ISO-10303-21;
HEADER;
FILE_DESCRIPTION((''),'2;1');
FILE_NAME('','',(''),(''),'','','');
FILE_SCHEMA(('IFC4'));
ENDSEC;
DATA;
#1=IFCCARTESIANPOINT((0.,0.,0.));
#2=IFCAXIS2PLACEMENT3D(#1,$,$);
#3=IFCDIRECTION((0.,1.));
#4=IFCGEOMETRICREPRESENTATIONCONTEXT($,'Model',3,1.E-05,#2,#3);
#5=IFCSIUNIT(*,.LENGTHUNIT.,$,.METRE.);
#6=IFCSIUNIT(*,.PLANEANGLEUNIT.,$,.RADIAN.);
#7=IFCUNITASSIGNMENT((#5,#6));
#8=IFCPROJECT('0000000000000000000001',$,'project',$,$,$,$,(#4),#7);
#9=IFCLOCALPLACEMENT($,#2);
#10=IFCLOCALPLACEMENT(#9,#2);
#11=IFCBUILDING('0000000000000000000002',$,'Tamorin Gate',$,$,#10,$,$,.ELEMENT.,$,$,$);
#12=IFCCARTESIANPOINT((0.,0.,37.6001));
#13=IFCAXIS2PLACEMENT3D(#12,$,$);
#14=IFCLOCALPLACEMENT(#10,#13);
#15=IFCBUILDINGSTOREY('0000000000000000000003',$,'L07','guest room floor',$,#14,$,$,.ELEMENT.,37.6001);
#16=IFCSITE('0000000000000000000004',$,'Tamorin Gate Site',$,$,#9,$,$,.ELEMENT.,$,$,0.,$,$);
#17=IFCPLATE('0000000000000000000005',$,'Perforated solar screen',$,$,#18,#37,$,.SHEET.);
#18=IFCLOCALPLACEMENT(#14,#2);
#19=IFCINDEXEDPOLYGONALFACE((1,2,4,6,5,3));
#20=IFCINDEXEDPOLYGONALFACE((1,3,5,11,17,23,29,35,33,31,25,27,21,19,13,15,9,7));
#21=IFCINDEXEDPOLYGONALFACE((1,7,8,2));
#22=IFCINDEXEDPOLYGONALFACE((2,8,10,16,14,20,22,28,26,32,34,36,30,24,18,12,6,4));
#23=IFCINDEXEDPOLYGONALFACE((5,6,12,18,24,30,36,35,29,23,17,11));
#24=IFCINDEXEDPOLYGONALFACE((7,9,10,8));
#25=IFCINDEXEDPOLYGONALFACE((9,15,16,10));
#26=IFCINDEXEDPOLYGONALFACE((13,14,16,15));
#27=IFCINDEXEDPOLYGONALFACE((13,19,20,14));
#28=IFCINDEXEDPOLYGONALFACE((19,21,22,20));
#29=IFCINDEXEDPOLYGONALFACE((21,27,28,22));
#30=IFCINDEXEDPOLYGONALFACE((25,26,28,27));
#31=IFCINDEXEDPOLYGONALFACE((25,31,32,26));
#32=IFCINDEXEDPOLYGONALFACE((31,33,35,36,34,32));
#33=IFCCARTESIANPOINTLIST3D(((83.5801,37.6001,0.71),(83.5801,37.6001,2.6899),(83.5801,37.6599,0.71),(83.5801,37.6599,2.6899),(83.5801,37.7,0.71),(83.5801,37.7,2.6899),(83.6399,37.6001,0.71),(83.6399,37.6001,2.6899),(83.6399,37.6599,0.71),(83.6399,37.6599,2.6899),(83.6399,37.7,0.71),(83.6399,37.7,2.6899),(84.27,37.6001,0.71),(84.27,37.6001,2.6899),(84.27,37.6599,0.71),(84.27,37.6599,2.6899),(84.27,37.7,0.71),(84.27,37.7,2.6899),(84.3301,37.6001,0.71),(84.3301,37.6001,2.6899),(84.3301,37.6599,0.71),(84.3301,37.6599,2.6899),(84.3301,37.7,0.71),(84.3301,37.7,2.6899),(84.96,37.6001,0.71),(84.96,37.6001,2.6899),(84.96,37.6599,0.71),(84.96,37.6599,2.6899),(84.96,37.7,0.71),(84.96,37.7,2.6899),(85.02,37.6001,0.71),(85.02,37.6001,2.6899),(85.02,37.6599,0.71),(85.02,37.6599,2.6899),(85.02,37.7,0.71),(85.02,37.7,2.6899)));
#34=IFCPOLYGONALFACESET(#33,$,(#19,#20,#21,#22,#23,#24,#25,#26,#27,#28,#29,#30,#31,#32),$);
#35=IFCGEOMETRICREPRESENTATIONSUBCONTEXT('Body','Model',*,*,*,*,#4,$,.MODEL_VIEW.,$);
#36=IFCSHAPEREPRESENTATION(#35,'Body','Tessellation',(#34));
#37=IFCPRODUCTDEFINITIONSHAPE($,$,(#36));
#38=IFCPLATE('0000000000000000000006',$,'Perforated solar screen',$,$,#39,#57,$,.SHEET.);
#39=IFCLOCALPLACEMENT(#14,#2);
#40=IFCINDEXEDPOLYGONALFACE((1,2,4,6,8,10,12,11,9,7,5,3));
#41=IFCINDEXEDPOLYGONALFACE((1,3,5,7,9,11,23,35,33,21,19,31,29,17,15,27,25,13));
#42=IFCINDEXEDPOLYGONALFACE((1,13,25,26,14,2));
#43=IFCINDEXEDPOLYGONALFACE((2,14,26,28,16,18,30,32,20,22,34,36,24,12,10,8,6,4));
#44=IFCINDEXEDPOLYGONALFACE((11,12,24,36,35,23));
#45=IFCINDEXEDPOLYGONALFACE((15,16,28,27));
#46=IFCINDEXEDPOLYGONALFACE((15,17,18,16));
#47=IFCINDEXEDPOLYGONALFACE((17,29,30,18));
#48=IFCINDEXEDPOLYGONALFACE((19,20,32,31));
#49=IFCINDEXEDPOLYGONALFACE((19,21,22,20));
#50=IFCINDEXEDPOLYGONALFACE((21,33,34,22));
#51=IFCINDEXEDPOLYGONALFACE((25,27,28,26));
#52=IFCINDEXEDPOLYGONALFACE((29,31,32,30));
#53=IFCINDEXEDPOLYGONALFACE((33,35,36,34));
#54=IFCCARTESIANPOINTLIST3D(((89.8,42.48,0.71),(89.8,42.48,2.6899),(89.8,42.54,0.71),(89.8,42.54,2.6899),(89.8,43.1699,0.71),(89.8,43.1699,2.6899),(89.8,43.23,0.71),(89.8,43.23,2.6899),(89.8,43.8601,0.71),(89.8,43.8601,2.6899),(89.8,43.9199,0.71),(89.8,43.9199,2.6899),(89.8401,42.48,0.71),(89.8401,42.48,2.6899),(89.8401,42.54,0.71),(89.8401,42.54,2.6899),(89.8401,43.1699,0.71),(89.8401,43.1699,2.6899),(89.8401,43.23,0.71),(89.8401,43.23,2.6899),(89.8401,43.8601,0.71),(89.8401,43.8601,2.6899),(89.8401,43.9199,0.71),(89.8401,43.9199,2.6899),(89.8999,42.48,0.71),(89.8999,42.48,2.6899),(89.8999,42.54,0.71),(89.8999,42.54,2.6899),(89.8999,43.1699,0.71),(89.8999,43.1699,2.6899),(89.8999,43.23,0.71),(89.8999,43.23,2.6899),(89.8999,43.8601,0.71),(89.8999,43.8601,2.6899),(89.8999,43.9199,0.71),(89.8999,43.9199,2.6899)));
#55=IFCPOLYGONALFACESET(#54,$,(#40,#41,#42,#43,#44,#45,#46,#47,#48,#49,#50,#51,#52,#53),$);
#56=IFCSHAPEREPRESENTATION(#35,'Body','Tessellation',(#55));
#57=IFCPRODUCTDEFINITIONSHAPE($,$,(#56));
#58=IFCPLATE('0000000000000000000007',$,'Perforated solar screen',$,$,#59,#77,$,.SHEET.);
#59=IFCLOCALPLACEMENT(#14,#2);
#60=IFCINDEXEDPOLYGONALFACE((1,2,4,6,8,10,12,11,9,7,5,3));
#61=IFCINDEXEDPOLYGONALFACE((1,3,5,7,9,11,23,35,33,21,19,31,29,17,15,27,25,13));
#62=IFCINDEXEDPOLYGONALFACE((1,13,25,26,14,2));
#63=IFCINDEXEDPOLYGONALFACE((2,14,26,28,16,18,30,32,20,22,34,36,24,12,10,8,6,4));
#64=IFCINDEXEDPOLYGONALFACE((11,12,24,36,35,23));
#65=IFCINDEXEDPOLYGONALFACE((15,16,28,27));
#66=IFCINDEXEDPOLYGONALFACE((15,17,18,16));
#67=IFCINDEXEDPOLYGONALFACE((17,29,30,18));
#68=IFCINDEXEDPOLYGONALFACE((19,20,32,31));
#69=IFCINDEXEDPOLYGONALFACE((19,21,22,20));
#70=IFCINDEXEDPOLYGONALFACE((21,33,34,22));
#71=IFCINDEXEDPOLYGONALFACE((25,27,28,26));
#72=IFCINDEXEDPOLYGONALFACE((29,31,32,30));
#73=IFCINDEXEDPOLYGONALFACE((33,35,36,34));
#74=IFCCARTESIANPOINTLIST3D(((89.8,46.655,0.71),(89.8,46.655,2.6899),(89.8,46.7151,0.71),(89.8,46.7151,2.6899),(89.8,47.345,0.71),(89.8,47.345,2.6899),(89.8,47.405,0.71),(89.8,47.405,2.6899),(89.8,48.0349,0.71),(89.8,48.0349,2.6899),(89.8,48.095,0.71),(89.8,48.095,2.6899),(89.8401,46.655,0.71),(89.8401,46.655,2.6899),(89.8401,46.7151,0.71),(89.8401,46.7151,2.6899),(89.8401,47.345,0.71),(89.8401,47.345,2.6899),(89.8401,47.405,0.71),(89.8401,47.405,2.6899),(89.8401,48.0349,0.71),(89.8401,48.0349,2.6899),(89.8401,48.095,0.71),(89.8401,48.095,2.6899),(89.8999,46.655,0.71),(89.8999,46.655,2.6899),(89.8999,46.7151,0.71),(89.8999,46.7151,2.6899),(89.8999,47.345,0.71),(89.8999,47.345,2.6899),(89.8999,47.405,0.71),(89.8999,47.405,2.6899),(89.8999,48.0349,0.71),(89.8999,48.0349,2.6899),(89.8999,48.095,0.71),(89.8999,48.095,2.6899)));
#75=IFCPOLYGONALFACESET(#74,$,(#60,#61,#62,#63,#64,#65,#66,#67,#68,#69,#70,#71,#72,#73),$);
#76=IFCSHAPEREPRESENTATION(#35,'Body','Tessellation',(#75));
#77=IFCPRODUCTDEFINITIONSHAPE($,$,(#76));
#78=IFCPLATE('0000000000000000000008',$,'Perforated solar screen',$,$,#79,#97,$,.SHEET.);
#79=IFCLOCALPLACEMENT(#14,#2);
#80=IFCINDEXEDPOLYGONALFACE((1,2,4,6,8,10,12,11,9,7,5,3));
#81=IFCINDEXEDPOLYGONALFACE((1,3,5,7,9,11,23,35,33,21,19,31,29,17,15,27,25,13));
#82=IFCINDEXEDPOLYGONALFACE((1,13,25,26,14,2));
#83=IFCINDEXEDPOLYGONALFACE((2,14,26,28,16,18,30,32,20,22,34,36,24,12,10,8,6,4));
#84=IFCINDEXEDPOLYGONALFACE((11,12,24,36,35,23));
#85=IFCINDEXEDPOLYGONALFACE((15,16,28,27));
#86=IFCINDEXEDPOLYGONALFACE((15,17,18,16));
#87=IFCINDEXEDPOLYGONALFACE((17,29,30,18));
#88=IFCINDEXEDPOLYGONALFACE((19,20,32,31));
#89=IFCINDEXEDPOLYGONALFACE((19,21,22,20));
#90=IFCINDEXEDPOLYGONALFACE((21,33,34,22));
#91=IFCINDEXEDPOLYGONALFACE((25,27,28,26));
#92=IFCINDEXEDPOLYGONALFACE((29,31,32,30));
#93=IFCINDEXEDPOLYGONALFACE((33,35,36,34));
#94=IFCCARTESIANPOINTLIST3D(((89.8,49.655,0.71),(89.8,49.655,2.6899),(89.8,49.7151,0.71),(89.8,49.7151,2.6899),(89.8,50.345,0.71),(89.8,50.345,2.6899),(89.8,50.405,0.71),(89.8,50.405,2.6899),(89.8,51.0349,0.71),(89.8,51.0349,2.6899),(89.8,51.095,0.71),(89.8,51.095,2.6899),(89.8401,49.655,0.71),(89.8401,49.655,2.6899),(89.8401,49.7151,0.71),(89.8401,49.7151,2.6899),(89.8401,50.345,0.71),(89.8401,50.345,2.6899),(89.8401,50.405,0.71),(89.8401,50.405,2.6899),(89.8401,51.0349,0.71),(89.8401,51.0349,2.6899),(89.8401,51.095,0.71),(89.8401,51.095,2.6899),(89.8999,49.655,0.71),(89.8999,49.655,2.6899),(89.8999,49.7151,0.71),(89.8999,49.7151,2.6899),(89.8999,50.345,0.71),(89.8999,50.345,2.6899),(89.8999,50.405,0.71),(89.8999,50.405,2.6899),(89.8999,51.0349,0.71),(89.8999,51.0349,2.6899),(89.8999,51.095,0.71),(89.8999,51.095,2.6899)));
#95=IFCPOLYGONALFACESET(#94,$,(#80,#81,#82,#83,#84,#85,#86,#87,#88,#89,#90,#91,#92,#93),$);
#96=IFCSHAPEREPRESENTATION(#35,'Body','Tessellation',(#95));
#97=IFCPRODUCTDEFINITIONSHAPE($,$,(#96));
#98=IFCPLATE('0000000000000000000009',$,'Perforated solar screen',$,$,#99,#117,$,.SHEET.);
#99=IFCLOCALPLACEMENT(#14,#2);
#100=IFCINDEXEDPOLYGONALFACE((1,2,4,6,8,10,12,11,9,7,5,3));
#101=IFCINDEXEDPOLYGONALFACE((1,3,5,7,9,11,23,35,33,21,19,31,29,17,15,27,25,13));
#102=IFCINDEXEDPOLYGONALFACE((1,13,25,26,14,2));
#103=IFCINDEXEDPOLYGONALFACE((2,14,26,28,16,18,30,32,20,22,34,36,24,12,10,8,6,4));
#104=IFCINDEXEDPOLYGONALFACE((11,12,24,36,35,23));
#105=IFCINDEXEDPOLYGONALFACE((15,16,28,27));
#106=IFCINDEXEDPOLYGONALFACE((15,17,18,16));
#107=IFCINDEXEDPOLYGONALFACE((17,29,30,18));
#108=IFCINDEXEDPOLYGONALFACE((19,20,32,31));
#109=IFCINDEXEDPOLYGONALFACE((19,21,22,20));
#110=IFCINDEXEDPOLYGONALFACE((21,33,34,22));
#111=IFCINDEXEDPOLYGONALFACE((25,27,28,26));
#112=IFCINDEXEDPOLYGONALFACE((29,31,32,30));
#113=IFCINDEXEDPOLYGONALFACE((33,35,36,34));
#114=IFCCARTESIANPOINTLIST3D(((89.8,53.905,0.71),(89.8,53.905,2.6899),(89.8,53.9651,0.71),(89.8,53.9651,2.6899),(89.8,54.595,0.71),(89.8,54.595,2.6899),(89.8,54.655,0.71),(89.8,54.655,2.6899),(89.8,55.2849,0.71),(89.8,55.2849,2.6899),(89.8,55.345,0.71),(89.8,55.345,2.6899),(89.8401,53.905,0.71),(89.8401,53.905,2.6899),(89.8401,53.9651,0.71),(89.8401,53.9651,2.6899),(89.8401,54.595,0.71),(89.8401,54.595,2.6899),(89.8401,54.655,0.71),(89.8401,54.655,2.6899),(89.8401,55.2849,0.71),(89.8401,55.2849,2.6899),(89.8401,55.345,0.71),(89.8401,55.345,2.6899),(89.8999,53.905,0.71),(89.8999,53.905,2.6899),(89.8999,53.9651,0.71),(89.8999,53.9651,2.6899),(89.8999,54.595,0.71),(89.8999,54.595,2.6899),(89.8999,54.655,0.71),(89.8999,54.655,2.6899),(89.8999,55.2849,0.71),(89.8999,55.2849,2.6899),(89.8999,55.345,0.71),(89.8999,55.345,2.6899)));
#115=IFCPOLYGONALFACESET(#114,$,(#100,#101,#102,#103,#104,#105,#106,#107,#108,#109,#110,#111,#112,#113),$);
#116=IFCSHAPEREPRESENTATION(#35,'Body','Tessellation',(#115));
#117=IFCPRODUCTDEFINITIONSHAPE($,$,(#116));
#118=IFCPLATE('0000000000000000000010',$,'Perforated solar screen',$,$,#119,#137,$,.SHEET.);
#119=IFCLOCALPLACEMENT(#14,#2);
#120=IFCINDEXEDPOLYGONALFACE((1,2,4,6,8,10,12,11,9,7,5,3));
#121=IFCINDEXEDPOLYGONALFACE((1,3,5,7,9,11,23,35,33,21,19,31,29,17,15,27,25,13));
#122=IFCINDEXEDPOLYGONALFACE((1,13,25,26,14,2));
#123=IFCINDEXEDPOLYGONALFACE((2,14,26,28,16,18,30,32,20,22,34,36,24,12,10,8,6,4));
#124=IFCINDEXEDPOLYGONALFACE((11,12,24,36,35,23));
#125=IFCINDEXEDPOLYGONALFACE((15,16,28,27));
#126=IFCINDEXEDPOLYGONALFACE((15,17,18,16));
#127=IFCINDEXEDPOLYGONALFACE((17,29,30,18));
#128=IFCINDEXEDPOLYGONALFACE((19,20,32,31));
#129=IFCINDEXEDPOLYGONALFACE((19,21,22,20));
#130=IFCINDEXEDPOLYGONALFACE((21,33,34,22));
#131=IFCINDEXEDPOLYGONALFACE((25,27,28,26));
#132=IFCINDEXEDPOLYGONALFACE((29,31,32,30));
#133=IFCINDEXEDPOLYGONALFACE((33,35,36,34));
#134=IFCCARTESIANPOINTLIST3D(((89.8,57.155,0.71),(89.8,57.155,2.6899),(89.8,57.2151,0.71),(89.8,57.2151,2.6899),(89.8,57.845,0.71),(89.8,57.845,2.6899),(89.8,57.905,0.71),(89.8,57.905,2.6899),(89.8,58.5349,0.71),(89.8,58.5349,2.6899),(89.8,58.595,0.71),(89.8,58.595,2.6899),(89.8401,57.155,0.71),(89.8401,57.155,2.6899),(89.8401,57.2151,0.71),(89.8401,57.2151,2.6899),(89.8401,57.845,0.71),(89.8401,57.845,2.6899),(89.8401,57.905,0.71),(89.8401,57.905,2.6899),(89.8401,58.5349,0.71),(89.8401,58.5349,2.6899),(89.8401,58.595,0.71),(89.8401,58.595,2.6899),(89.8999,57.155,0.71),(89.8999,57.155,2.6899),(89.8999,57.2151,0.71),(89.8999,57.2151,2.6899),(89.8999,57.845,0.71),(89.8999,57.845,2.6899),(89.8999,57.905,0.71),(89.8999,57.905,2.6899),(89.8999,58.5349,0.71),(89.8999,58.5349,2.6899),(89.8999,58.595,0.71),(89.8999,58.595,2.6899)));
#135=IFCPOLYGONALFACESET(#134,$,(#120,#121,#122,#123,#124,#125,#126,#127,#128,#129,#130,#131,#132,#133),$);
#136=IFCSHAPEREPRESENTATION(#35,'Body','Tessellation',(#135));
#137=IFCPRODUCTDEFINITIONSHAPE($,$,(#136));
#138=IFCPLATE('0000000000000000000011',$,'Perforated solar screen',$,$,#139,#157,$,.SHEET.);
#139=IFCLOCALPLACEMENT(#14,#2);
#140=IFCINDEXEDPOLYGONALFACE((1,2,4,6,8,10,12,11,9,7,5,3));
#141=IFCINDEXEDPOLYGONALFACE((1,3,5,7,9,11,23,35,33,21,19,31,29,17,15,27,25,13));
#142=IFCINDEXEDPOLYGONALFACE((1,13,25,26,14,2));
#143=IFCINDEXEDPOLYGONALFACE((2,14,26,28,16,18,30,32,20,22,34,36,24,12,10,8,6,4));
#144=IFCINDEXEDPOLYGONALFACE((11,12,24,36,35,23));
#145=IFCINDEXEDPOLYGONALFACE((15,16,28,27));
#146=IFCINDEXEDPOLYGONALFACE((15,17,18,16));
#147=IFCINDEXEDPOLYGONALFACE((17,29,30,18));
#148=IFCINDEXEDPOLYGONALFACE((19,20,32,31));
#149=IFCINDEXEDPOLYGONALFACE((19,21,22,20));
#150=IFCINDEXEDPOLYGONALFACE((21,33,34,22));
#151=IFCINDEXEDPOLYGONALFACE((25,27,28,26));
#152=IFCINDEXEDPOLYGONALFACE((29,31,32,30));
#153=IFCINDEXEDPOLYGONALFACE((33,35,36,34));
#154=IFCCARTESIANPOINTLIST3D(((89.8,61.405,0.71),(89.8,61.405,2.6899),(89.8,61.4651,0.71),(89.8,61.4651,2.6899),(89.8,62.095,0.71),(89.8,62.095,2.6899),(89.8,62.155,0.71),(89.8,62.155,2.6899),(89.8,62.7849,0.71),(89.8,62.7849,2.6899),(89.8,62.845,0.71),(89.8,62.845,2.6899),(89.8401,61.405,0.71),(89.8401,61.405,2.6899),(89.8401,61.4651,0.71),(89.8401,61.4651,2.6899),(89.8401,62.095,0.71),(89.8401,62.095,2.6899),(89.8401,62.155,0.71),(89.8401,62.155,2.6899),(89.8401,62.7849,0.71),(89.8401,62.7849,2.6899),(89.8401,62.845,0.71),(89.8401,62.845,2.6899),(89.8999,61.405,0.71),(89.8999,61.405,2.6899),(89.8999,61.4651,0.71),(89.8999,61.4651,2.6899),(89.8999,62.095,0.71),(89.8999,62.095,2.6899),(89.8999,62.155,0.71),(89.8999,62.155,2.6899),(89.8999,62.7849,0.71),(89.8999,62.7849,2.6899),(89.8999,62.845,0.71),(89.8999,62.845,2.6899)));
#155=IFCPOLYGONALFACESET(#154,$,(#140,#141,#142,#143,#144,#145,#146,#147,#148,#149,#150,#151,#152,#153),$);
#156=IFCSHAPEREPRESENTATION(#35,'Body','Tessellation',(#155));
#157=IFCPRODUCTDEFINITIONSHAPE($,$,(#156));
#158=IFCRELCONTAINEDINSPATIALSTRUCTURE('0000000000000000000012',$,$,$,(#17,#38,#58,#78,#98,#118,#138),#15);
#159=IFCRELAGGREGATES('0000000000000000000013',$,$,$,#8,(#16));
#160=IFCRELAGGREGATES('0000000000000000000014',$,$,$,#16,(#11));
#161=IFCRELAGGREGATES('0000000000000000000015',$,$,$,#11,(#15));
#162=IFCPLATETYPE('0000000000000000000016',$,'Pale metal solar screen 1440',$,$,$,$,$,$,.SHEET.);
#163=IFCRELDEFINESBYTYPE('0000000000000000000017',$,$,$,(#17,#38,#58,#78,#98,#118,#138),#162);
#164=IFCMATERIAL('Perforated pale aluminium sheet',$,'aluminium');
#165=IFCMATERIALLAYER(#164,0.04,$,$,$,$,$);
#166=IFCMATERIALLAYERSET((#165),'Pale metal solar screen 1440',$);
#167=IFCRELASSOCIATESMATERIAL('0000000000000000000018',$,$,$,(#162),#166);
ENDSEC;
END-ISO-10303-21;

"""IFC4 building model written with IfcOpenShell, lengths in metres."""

from ifc_helpers import new_model, si_unit, direction, frame, origin, place, context, subcontext, project, spatial, polyline, outline, extrude, material, layer, layer_set, type_object, element, save


model = new_model("IFC4")

# Units and contexts
model_context = context("Model", 3, precision=1e-05, world=origin(), true_north=direction((0.0, 1.0)))
body_context = subcontext(model_context, "Body", "Model", "MODEL_VIEW")
ifc_project = project(units=[si_unit("LENGTHUNIT", "METRE"), si_unit("PLANEANGLEUNIT", "RADIAN")], contexts=[model_context])

# Site, building, storey
site_placement = place(None, origin())
site = spatial("IfcSite", under=ifc_project, at=site_placement, Name="Tamorin Gate Site", CompositionType="ELEMENT", RefElevation=0.0)
building_placement = place(site_placement, origin())
building = spatial("IfcBuilding", under=site, at=building_placement, Name="Tamorin Gate", CompositionType="ELEMENT")
storey_placement = place(building_placement, frame((0.0, 0.0, 37.6001)))
storey = spatial("IfcBuildingStorey", under=building, at=storey_placement, Name="L07", Description="guest room floor", CompositionType="ELEMENT", Elevation=37.6001)

# Plates
ifc_material_1 = material(Name="Perforated pale aluminium sheet", Category="aluminium")
ifc_layer_1 = layer(ifc_material_1, 0.04)
ifc_layer_set_1 = layer_set([ifc_layer_1], Name="Pale metal solar screen 1440")
plate_type = type_object("IfcPlateType", Name="Pale metal solar screen 1440", PredefinedType="SHEET", material=ifc_layer_set_1)
plate_1_placement = place(storey_placement, frame((0.0, 0.0, 0.71)))
element("IfcPlate", 1, at=plate_1_placement, inside=storey, type_object=plate_type, Name="Perforated solar screen", PredefinedType="SHEET", context=body_context, shape_type="SweptSolid", body=[
    extrude(outline(polyline([(83.5801, 37.6599), (83.5801, 37.7), (83.6399, 37.7), (84.27, 37.7), (84.3301, 37.7), (84.96, 37.7), (85.02, 37.7), (85.02, 37.6599), (85.02, 37.6001), (84.96, 37.6001), (84.96, 37.6599), (84.3301, 37.6599), (84.3301, 37.6001), (84.27, 37.6001), (84.27, 37.6599), (83.6399, 37.6599), (83.6399, 37.6001), (83.5801, 37.6001), (83.5801, 37.6599)])), origin(), (0.0, 0.0, 1.0), 1.98),
])
plate_2_placement = place(storey_placement, frame((0.0, 0.0, 0.71)))
element("IfcPlate", 2, at=plate_2_placement, inside=storey, type_object=plate_type, Name="Perforated solar screen", PredefinedType="SHEET", context=body_context, shape_type="SweptSolid", body=[
    extrude(outline(polyline([(89.8401, 42.48), (89.8, 42.48), (89.8, 42.54), (89.8, 43.1699), (89.8, 43.23), (89.8, 43.8601), (89.8, 43.9199), (89.8401, 43.9199), (89.8999, 43.9199), (89.8999, 43.8601), (89.8401, 43.8601), (89.8401, 43.23), (89.8999, 43.23), (89.8999, 43.1699), (89.8401, 43.1699), (89.8401, 42.54), (89.8999, 42.54), (89.8999, 42.48), (89.8401, 42.48)])), origin(), (0.0, 0.0, 1.0), 1.98),
])
plate_3_placement = place(storey_placement, frame((0.0, 0.0, 0.71)))
element("IfcPlate", 3, at=plate_3_placement, inside=storey, type_object=plate_type, Name="Perforated solar screen", PredefinedType="SHEET", context=body_context, shape_type="SweptSolid", body=[
    extrude(outline(polyline([(89.8401, 46.655), (89.8, 46.655), (89.8, 46.7151), (89.8, 47.345), (89.8, 47.405), (89.8, 48.0349), (89.8, 48.095), (89.8, 48.095), (89.8401, 48.095), (89.8401, 48.095), (89.8999, 48.095), (89.8999, 48.0349), (89.8401, 48.0349), (89.8401, 47.405), (89.8999, 47.405), (89.8999, 47.345), (89.8401, 47.345), (89.8401, 46.7151), (89.8999, 46.7151), (89.8999, 46.655), (89.8401, 46.655)])), origin(), (0.0, 0.0, 1.0), 1.98),
])
plate_4_placement = place(storey_placement, frame((0.0, 0.0, 0.71)))
element("IfcPlate", 4, at=plate_4_placement, inside=storey, type_object=plate_type, Name="Perforated solar screen", PredefinedType="SHEET", context=body_context, shape_type="SweptSolid", body=[
    extrude(outline(polyline([(89.8401, 49.655), (89.8, 49.655), (89.8, 49.7151), (89.8, 50.345), (89.8, 50.405), (89.8, 51.0349), (89.8, 51.095), (89.8401, 51.095), (89.8999, 51.095), (89.8999, 51.0349), (89.8401, 51.0349), (89.8401, 50.405), (89.8999, 50.405), (89.8999, 50.345), (89.8401, 50.345), (89.8401, 49.7151), (89.8999, 49.7151), (89.8999, 49.655), (89.8401, 49.655)])), origin(), (0.0, 0.0, 1.0), 1.98),
])
plate_5_placement = place(storey_placement, frame((0.0, 0.0, 0.71)))
element("IfcPlate", 5, at=plate_5_placement, inside=storey, type_object=plate_type, Name="Perforated solar screen", PredefinedType="SHEET", context=body_context, shape_type="SweptSolid", body=[
    extrude(outline(polyline([(89.8401, 53.905), (89.8, 53.905), (89.8, 53.9651), (89.8, 54.595), (89.8, 54.655), (89.8, 55.2849), (89.8, 55.345), (89.8401, 55.345), (89.8999, 55.345), (89.8999, 55.2849), (89.8401, 55.2849), (89.8401, 54.655), (89.8999, 54.655), (89.8999, 54.595), (89.8401, 54.595), (89.8401, 53.9651), (89.8999, 53.9651), (89.8999, 53.905), (89.8401, 53.905)])), origin(), (0.0, 0.0, 1.0), 1.98),
])
plate_6_placement = place(storey_placement, frame((0.0, 0.0, 0.71)))
element("IfcPlate", 6, at=plate_6_placement, inside=storey, type_object=plate_type, Name="Perforated solar screen", PredefinedType="SHEET", context=body_context, shape_type="SweptSolid", body=[
    extrude(outline(polyline([(89.8401, 57.155), (89.8, 57.155), (89.8, 57.2151), (89.8, 57.845), (89.8, 57.905), (89.8, 58.5349), (89.8, 58.595), (89.8401, 58.595), (89.8999, 58.595), (89.8999, 58.5349), (89.8401, 58.5349), (89.8401, 57.905), (89.8999, 57.905), (89.8999, 57.845), (89.8401, 57.845), (89.8401, 57.2151), (89.8999, 57.2151), (89.8999, 57.155), (89.8401, 57.155)])), origin(), (0.0, 0.0, 1.0), 1.98),
])
plate_7_placement = place(storey_placement, frame((0.0, 0.0, 0.71)))
element("IfcPlate", 7, at=plate_7_placement, inside=storey, type_object=plate_type, Name="Perforated solar screen", PredefinedType="SHEET", context=body_context, shape_type="SweptSolid", body=[
    extrude(outline(polyline([(89.8401, 61.405), (89.8, 61.405), (89.8, 61.4651), (89.8, 62.095), (89.8, 62.155), (89.8, 62.7849), (89.8, 62.845), (89.8401, 62.845), (89.8999, 62.845), (89.8999, 62.7849), (89.8401, 62.7849), (89.8401, 62.155), (89.8999, 62.155), (89.8999, 62.095), (89.8401, 62.095), (89.8401, 61.4651), (89.8999, 61.4651), (89.8999, 61.405), (89.8401, 61.405)])), origin(), (0.0, 0.0, 1.0), 1.98),
])

save(model, "model.ifc")
